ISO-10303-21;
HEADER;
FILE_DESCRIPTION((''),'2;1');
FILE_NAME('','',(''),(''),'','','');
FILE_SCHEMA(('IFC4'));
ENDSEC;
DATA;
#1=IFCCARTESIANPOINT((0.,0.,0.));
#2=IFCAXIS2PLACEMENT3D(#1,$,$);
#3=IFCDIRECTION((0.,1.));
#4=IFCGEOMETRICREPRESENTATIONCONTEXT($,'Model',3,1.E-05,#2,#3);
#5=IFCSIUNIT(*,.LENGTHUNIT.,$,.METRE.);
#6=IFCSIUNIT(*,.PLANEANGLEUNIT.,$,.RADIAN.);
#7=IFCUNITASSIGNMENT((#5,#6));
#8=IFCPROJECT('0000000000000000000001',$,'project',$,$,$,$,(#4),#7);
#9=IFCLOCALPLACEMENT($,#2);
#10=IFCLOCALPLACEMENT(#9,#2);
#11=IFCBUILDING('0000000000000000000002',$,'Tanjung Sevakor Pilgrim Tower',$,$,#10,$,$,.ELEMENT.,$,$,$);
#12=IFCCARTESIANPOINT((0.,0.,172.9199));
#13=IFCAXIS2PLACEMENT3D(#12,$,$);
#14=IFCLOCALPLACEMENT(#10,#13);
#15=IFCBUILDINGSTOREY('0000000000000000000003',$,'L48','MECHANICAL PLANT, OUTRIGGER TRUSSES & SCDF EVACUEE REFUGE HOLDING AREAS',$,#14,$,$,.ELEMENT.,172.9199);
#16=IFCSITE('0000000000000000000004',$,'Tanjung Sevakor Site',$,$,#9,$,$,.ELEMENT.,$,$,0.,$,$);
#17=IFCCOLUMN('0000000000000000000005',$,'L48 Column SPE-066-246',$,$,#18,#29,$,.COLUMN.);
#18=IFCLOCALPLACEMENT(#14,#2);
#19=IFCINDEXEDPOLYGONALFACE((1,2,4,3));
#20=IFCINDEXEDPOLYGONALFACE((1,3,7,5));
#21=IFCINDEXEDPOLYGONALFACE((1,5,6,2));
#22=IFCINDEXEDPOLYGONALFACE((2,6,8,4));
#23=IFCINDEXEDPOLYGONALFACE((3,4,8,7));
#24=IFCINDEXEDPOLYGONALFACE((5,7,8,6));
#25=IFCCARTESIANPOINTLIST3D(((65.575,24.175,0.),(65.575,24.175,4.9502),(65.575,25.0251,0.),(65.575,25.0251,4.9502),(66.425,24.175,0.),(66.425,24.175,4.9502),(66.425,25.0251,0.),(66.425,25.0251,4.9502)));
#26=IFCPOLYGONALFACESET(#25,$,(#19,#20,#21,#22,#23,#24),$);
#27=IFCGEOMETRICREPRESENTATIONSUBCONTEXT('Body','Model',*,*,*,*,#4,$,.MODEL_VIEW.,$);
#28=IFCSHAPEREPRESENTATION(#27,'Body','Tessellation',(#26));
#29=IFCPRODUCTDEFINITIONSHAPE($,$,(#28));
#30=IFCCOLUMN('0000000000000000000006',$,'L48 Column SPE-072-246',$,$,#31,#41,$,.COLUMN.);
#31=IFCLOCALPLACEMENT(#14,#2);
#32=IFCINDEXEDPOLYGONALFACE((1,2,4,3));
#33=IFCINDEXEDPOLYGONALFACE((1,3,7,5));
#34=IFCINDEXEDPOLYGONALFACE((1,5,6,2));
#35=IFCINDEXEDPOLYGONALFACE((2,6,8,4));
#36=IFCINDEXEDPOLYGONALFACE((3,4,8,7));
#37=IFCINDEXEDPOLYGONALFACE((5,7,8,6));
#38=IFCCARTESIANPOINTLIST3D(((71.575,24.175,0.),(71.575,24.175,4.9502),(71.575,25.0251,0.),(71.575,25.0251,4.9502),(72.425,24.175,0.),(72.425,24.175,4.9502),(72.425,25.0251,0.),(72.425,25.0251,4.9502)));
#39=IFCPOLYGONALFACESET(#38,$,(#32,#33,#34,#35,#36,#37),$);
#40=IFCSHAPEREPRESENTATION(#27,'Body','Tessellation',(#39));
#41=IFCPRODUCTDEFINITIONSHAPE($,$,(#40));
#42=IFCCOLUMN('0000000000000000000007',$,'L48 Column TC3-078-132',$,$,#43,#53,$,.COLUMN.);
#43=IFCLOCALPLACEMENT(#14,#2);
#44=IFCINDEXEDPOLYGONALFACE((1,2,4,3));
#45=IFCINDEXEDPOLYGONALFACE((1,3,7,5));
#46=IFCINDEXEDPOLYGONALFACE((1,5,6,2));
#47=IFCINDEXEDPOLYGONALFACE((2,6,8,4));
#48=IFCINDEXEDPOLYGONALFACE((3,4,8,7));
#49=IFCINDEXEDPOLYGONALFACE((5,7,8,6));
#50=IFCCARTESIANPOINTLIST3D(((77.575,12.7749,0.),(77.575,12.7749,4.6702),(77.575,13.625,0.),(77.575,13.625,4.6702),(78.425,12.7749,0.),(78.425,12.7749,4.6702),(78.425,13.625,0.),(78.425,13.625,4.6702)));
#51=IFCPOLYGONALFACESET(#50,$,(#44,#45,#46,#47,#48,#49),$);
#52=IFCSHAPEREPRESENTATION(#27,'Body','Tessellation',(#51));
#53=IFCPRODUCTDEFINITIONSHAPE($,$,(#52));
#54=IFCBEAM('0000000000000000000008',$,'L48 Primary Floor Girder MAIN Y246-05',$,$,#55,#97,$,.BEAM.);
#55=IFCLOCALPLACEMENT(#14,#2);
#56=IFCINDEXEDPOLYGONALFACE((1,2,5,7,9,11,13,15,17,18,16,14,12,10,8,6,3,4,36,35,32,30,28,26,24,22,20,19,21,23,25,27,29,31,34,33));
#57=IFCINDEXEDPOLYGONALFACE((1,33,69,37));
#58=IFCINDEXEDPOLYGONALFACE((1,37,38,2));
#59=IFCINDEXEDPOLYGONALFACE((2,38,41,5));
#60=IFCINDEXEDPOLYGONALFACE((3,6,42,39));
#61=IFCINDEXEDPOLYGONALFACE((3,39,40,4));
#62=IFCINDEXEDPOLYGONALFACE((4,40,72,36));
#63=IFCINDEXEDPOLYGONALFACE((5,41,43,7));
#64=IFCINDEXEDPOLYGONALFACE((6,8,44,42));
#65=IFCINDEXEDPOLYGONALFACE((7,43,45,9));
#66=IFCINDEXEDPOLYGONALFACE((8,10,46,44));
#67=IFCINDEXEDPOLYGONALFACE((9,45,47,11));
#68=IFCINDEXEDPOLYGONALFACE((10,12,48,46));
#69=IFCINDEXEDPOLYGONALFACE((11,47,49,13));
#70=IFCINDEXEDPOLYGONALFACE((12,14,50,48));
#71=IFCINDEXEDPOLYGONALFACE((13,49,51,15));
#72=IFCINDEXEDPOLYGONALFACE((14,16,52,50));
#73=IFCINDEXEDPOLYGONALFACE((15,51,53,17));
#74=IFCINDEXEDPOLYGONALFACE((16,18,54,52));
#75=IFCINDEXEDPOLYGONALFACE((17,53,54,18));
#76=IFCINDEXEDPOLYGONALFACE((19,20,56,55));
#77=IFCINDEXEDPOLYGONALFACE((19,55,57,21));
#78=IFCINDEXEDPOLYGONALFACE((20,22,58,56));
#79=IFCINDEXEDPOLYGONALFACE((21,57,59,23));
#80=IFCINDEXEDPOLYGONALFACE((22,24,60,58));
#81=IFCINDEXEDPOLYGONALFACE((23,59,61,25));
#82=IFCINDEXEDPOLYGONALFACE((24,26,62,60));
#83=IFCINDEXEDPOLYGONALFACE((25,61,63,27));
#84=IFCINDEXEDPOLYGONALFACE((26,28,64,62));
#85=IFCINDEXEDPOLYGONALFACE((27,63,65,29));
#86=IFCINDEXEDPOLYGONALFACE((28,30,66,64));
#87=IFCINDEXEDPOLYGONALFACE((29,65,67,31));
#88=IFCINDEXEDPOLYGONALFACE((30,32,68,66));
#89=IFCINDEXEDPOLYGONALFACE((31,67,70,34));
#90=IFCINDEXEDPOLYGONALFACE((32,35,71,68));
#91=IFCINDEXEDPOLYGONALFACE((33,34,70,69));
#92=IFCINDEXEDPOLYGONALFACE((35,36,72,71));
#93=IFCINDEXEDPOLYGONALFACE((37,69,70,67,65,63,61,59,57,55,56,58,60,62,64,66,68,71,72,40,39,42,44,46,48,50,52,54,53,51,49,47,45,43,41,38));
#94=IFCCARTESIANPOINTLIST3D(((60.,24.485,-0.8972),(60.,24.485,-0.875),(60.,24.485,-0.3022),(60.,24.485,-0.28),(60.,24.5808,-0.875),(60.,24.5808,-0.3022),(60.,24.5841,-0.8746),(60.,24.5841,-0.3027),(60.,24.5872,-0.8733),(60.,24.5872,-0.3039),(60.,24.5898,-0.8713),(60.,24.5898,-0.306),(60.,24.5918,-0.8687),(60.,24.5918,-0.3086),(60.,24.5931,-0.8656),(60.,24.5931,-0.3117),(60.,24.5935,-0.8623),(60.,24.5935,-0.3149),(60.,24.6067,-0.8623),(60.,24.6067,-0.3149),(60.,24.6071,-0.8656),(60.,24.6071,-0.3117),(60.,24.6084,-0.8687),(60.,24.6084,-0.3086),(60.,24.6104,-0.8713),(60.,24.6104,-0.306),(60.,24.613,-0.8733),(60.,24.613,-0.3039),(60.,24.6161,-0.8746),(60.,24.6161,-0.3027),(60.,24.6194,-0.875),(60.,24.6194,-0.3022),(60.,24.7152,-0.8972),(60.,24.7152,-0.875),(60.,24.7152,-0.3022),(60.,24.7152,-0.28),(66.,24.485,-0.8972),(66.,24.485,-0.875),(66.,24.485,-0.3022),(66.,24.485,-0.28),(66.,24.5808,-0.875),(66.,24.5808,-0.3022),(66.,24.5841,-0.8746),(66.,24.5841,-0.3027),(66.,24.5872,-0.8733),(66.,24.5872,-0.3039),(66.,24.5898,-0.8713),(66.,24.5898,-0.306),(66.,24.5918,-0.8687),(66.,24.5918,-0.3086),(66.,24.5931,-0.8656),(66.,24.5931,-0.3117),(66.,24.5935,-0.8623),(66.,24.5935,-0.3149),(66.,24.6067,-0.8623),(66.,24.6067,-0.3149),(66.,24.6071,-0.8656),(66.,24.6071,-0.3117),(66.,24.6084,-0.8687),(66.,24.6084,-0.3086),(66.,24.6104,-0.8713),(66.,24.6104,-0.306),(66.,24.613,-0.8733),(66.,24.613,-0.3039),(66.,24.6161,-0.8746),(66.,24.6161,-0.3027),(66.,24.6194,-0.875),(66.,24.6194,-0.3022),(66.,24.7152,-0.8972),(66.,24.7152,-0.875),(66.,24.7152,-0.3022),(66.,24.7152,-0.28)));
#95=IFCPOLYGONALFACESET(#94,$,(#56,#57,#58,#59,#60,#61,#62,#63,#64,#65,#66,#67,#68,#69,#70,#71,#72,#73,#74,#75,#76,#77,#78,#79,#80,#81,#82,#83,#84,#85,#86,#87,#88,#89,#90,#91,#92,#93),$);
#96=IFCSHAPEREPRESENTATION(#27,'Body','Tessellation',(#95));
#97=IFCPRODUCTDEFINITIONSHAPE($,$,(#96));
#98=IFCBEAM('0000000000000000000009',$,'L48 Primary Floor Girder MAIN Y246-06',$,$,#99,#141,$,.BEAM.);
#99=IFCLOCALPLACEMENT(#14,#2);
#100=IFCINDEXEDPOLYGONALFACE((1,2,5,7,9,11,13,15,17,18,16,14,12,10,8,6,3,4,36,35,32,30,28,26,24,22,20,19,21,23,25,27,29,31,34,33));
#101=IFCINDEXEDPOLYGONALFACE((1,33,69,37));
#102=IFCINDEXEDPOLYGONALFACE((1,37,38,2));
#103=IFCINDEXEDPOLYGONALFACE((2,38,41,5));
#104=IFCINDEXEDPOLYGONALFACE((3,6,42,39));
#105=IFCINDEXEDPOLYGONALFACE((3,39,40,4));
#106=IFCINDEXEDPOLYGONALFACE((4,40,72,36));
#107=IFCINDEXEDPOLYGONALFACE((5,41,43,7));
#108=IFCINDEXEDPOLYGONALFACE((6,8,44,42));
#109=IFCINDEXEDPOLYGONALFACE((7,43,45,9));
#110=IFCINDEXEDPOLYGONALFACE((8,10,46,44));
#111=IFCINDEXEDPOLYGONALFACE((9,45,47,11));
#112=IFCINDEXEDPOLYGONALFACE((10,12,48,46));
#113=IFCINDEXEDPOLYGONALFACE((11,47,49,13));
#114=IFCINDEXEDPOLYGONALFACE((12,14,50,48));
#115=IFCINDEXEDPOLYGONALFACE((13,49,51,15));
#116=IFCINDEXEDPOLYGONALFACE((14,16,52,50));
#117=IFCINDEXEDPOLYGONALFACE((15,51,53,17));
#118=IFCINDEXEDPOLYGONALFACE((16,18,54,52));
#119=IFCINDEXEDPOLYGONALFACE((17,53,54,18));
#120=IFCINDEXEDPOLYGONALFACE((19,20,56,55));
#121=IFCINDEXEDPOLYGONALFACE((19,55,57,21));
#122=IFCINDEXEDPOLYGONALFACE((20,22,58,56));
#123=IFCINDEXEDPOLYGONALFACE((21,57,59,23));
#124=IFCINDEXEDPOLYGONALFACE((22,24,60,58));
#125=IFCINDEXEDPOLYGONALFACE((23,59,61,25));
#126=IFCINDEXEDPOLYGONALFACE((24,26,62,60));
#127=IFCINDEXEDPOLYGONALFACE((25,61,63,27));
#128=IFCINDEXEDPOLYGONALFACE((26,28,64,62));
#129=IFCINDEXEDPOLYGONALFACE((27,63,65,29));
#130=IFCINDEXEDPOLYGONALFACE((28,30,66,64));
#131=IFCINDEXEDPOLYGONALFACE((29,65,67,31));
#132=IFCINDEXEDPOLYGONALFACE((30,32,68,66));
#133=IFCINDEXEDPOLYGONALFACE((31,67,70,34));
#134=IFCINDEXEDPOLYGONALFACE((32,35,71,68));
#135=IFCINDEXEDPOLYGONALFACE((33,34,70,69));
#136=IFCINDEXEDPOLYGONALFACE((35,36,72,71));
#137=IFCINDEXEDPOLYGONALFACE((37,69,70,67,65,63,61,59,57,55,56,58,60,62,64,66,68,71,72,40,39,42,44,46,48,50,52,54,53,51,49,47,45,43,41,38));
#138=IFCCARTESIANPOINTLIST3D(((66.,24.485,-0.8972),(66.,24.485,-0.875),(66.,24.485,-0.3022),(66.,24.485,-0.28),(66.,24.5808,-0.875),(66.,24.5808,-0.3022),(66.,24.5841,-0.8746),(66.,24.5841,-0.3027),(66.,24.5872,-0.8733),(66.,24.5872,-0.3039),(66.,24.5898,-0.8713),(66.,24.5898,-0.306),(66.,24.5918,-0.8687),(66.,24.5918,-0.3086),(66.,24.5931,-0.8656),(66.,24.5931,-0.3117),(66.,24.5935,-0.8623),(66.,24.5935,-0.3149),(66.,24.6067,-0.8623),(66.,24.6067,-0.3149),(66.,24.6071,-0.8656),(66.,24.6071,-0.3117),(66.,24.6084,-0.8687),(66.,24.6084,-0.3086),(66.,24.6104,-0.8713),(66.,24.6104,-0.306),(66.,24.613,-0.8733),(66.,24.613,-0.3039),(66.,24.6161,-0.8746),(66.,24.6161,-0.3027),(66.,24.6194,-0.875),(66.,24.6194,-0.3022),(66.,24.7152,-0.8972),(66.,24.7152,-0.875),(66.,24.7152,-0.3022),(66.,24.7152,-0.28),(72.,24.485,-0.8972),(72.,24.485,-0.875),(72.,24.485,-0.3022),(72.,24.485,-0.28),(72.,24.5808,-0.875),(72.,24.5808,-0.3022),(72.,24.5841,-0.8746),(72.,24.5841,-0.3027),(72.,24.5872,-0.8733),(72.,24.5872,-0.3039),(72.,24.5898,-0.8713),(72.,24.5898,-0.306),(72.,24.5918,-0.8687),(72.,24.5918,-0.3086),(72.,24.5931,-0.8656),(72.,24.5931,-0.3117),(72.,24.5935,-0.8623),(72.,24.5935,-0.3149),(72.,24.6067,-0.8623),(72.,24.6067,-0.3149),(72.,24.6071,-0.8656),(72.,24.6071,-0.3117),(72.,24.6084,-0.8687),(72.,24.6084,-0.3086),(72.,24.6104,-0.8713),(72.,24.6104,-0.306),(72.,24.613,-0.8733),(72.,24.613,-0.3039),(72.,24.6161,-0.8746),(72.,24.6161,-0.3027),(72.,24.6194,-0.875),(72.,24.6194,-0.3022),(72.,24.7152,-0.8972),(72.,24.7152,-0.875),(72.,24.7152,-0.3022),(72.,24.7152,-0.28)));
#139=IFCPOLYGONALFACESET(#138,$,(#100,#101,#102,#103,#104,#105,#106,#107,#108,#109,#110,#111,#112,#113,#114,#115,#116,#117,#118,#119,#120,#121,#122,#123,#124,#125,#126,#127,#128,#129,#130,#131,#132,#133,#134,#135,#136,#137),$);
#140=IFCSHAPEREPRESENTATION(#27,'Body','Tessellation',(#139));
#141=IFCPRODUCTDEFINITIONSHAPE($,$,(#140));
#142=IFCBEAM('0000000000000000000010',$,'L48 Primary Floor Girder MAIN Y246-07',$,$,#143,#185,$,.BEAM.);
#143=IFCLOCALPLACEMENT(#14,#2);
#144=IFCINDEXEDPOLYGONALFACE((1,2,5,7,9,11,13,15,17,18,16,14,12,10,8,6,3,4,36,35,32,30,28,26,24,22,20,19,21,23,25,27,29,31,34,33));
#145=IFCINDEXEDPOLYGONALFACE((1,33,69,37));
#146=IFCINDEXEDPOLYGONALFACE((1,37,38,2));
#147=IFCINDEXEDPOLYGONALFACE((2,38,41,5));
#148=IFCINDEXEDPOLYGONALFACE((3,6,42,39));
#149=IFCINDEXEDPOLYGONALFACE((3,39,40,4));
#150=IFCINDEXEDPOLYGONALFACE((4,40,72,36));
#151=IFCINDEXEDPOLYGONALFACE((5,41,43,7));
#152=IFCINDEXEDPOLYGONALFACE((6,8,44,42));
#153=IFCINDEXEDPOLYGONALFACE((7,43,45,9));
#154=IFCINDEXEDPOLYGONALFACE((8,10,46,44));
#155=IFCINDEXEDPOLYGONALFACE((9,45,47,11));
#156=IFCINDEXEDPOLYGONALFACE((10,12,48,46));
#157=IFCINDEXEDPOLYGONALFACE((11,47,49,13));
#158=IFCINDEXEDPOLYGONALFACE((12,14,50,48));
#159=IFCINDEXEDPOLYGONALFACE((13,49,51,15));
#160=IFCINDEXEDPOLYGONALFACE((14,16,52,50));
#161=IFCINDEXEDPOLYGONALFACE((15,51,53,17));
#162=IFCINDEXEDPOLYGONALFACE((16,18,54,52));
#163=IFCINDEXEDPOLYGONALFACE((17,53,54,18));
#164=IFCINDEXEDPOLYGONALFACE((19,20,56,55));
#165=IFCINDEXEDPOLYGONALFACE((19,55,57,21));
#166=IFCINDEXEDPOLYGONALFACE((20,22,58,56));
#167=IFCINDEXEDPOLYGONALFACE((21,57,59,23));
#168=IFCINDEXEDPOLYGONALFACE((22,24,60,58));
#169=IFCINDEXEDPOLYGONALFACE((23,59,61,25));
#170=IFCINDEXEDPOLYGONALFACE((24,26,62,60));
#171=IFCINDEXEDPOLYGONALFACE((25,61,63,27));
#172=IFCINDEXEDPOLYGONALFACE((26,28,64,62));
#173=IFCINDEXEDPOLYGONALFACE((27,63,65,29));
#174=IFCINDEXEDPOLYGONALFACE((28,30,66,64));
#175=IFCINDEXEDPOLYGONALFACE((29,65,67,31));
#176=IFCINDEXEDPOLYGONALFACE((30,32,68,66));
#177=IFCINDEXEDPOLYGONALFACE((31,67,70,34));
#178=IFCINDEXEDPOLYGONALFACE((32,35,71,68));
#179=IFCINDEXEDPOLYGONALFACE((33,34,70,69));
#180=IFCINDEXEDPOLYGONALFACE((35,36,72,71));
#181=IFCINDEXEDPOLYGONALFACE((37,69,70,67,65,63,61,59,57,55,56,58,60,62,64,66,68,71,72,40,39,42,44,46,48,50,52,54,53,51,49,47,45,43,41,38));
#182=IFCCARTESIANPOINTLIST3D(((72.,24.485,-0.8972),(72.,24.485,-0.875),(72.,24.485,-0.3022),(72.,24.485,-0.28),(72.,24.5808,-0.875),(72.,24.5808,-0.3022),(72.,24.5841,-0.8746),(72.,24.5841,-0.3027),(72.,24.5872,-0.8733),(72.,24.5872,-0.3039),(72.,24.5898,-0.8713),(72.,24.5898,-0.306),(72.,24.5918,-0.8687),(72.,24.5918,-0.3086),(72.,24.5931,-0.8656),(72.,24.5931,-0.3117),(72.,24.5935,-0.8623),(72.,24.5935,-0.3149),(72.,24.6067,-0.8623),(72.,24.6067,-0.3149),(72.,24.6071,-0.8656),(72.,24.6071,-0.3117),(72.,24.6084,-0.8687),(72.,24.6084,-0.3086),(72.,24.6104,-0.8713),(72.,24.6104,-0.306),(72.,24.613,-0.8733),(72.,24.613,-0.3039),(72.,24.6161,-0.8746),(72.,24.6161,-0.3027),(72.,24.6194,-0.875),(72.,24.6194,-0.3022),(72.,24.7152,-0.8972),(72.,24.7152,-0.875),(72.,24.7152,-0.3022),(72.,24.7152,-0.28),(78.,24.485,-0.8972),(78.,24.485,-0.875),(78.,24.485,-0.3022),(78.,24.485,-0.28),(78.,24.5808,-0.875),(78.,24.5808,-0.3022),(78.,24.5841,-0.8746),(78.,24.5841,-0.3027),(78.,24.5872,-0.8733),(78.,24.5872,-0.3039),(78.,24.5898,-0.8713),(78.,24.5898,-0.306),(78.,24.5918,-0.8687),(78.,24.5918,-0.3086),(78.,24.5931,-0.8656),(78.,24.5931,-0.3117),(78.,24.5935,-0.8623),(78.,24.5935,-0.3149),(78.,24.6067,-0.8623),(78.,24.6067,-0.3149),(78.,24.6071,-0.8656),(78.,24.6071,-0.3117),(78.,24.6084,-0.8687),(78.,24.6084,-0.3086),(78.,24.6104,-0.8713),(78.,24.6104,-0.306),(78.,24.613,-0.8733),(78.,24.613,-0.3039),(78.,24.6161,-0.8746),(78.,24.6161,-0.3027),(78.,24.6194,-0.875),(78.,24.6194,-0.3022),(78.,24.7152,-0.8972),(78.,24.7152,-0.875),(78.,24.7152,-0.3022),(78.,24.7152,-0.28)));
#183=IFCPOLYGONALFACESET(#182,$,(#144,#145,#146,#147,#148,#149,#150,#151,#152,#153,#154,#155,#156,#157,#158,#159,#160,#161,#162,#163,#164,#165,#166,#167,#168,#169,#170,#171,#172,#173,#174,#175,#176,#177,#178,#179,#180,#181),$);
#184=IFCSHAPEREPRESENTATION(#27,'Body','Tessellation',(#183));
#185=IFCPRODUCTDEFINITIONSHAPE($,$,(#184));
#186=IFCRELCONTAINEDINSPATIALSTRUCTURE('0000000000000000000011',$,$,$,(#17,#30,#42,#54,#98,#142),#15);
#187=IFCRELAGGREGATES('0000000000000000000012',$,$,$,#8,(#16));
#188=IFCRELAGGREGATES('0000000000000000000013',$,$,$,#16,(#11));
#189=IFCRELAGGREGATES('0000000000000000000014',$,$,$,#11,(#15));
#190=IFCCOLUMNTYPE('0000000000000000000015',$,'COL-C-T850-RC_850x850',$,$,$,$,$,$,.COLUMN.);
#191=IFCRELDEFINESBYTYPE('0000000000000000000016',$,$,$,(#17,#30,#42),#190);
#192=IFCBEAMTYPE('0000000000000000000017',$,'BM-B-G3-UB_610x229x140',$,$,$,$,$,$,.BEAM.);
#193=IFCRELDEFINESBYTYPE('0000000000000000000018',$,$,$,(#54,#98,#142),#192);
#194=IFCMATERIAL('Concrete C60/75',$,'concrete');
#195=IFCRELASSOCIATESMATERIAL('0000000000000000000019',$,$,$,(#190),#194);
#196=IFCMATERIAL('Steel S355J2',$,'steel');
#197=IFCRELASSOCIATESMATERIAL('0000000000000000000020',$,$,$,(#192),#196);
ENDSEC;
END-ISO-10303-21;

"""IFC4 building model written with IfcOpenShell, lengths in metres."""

from ifc_helpers import new_model, si_unit, direction, frame, origin, origin_2d, place, context, subcontext, project, spatial, rectangle, i_section, extrude, material, material_profile, profile_set, type_object, element, save


model = new_model("IFC4")

# Units and contexts
model_context = context("Model", 3, precision=1e-05, world=origin(), true_north=direction((0.0, 1.0)))
body_context = subcontext(model_context, "Body", "Model", "MODEL_VIEW")
ifc_project = project(units=[si_unit("LENGTHUNIT", "METRE"), si_unit("PLANEANGLEUNIT", "RADIAN")], contexts=[model_context])

# Site, building, storey
site_placement = place(None, origin())
site = spatial("IfcSite", under=ifc_project, at=site_placement, Name="Tanjung Sevakor Site", CompositionType="ELEMENT", RefElevation=0.0)
building_placement = place(site_placement, origin())
building = spatial("IfcBuilding", under=site, at=building_placement, Name="Tanjung Sevakor Pilgrim Tower", CompositionType="ELEMENT")
storey_placement = place(building_placement, frame((0.0, 0.0, 172.9199)))
storey = spatial("IfcBuildingStorey", under=building, at=storey_placement, Name="L48", Description="MECHANICAL PLANT, OUTRIGGER TRUSSES & SCDF EVACUEE REFUGE HOLDING AREAS", CompositionType="ELEMENT", Elevation=172.9199)

# Columns
ifc_material_1 = material(Name="Concrete C60/75", Category="concrete")
ifc_material_profile_1 = material_profile(ifc_material_1, rectangle(XDim=0.8501, YDim=0.8501, at=origin_2d()))
ifc_profile_set_1 = profile_set([ifc_material_profile_1], Name="Concrete C60/75")
column_type = type_object("IfcColumnType", Name="COL-C-T850-RC_850x850", PredefinedType="COLUMN", material=ifc_profile_set_1)
for number, where, z_axis, x_axis, name in (
    (1, (66.0, 24.6001, 0.0), (0.0, 0.0, 1.0), (1.0, 0.0, 0.0), "L48 Column SPE-066-246"),
    (2, (72.0, 24.6001, 0.0), (0.0, 0.0, 1.0), (1.0, 0.0, 0.0), "L48 Column SPE-072-246"),
):
    element("IfcColumn", number, at=place(storey_placement, frame(where, z_axis=z_axis, x_axis=x_axis)), inside=storey, type_object=column_type, Name=name, PredefinedType="COLUMN", context=body_context, shape_type="SweptSolid", body=[
        extrude(rectangle(XDim=0.8501, YDim=0.8501, at=origin_2d()), origin(), (0.0, 0.0, 1.0), 4.9502),
    ])
column_placement = place(storey_placement, frame((78.0, 13.2, 0.0), z_axis=(0.0, 0.0, 1.0), x_axis=(1.0, 0.0, 0.0)))
element("IfcColumn", 3, at=column_placement, inside=storey, type_object=column_type, Name="L48 Column TC3-078-132", PredefinedType="COLUMN", context=body_context, shape_type="SweptSolid", body=[
    extrude(rectangle(XDim=0.8501, YDim=0.8501, at=origin_2d()), origin(), (0.0, 0.0, 1.0), 4.6702),
])

# Beams
ifc_material_2 = material(Name="Steel S355J2", Category="steel")
ifc_material_profile_2 = material_profile(ifc_material_2, i_section(OverallWidth=0.2302, OverallDepth=0.6172, WebThickness=0.0132, FlangeThickness=0.0222, FilletRadius=0.0127, at=origin_2d()))
ifc_profile_set_2 = profile_set([ifc_material_profile_2], Name="Steel S355J2")
beam_type_1 = type_object("IfcBeamType", Name="BM-B-G3-UB_610x229x140", PredefinedType="BEAM", material=ifc_profile_set_2)
for number, where, z_axis, x_axis, name in (
    (4, (60.0, 24.6001, -0.5886), (1.0, 0.0, 0.0), (0.0, 1.0, 0.0), "L48 Primary Floor Girder MAIN Y246-05"),
    (5, (66.0, 24.6001, -0.5886), (1.0, 0.0, 0.0), (0.0, 1.0, 0.0), "L48 Primary Floor Girder MAIN Y246-06"),
    (6, (72.0, 24.6001, -0.5886), (1.0, 0.0, 0.0), (0.0, 1.0, 0.0), "L48 Primary Floor Girder MAIN Y246-07"),
):
    element("IfcBeam", number, at=place(storey_placement, frame(where, z_axis=z_axis, x_axis=x_axis)), inside=storey, type_object=beam_type_1, Name=name, PredefinedType="BEAM", context=body_context, shape_type="SweptSolid", body=[
        extrude(i_section(OverallWidth=0.2302, OverallDepth=0.6172, WebThickness=0.0132, FlangeThickness=0.0222, FilletRadius=0.0127, at=origin_2d()), origin(), (0.0, 0.0, 1.0), 6.0),
    ])

save(model, "model.ifc")
